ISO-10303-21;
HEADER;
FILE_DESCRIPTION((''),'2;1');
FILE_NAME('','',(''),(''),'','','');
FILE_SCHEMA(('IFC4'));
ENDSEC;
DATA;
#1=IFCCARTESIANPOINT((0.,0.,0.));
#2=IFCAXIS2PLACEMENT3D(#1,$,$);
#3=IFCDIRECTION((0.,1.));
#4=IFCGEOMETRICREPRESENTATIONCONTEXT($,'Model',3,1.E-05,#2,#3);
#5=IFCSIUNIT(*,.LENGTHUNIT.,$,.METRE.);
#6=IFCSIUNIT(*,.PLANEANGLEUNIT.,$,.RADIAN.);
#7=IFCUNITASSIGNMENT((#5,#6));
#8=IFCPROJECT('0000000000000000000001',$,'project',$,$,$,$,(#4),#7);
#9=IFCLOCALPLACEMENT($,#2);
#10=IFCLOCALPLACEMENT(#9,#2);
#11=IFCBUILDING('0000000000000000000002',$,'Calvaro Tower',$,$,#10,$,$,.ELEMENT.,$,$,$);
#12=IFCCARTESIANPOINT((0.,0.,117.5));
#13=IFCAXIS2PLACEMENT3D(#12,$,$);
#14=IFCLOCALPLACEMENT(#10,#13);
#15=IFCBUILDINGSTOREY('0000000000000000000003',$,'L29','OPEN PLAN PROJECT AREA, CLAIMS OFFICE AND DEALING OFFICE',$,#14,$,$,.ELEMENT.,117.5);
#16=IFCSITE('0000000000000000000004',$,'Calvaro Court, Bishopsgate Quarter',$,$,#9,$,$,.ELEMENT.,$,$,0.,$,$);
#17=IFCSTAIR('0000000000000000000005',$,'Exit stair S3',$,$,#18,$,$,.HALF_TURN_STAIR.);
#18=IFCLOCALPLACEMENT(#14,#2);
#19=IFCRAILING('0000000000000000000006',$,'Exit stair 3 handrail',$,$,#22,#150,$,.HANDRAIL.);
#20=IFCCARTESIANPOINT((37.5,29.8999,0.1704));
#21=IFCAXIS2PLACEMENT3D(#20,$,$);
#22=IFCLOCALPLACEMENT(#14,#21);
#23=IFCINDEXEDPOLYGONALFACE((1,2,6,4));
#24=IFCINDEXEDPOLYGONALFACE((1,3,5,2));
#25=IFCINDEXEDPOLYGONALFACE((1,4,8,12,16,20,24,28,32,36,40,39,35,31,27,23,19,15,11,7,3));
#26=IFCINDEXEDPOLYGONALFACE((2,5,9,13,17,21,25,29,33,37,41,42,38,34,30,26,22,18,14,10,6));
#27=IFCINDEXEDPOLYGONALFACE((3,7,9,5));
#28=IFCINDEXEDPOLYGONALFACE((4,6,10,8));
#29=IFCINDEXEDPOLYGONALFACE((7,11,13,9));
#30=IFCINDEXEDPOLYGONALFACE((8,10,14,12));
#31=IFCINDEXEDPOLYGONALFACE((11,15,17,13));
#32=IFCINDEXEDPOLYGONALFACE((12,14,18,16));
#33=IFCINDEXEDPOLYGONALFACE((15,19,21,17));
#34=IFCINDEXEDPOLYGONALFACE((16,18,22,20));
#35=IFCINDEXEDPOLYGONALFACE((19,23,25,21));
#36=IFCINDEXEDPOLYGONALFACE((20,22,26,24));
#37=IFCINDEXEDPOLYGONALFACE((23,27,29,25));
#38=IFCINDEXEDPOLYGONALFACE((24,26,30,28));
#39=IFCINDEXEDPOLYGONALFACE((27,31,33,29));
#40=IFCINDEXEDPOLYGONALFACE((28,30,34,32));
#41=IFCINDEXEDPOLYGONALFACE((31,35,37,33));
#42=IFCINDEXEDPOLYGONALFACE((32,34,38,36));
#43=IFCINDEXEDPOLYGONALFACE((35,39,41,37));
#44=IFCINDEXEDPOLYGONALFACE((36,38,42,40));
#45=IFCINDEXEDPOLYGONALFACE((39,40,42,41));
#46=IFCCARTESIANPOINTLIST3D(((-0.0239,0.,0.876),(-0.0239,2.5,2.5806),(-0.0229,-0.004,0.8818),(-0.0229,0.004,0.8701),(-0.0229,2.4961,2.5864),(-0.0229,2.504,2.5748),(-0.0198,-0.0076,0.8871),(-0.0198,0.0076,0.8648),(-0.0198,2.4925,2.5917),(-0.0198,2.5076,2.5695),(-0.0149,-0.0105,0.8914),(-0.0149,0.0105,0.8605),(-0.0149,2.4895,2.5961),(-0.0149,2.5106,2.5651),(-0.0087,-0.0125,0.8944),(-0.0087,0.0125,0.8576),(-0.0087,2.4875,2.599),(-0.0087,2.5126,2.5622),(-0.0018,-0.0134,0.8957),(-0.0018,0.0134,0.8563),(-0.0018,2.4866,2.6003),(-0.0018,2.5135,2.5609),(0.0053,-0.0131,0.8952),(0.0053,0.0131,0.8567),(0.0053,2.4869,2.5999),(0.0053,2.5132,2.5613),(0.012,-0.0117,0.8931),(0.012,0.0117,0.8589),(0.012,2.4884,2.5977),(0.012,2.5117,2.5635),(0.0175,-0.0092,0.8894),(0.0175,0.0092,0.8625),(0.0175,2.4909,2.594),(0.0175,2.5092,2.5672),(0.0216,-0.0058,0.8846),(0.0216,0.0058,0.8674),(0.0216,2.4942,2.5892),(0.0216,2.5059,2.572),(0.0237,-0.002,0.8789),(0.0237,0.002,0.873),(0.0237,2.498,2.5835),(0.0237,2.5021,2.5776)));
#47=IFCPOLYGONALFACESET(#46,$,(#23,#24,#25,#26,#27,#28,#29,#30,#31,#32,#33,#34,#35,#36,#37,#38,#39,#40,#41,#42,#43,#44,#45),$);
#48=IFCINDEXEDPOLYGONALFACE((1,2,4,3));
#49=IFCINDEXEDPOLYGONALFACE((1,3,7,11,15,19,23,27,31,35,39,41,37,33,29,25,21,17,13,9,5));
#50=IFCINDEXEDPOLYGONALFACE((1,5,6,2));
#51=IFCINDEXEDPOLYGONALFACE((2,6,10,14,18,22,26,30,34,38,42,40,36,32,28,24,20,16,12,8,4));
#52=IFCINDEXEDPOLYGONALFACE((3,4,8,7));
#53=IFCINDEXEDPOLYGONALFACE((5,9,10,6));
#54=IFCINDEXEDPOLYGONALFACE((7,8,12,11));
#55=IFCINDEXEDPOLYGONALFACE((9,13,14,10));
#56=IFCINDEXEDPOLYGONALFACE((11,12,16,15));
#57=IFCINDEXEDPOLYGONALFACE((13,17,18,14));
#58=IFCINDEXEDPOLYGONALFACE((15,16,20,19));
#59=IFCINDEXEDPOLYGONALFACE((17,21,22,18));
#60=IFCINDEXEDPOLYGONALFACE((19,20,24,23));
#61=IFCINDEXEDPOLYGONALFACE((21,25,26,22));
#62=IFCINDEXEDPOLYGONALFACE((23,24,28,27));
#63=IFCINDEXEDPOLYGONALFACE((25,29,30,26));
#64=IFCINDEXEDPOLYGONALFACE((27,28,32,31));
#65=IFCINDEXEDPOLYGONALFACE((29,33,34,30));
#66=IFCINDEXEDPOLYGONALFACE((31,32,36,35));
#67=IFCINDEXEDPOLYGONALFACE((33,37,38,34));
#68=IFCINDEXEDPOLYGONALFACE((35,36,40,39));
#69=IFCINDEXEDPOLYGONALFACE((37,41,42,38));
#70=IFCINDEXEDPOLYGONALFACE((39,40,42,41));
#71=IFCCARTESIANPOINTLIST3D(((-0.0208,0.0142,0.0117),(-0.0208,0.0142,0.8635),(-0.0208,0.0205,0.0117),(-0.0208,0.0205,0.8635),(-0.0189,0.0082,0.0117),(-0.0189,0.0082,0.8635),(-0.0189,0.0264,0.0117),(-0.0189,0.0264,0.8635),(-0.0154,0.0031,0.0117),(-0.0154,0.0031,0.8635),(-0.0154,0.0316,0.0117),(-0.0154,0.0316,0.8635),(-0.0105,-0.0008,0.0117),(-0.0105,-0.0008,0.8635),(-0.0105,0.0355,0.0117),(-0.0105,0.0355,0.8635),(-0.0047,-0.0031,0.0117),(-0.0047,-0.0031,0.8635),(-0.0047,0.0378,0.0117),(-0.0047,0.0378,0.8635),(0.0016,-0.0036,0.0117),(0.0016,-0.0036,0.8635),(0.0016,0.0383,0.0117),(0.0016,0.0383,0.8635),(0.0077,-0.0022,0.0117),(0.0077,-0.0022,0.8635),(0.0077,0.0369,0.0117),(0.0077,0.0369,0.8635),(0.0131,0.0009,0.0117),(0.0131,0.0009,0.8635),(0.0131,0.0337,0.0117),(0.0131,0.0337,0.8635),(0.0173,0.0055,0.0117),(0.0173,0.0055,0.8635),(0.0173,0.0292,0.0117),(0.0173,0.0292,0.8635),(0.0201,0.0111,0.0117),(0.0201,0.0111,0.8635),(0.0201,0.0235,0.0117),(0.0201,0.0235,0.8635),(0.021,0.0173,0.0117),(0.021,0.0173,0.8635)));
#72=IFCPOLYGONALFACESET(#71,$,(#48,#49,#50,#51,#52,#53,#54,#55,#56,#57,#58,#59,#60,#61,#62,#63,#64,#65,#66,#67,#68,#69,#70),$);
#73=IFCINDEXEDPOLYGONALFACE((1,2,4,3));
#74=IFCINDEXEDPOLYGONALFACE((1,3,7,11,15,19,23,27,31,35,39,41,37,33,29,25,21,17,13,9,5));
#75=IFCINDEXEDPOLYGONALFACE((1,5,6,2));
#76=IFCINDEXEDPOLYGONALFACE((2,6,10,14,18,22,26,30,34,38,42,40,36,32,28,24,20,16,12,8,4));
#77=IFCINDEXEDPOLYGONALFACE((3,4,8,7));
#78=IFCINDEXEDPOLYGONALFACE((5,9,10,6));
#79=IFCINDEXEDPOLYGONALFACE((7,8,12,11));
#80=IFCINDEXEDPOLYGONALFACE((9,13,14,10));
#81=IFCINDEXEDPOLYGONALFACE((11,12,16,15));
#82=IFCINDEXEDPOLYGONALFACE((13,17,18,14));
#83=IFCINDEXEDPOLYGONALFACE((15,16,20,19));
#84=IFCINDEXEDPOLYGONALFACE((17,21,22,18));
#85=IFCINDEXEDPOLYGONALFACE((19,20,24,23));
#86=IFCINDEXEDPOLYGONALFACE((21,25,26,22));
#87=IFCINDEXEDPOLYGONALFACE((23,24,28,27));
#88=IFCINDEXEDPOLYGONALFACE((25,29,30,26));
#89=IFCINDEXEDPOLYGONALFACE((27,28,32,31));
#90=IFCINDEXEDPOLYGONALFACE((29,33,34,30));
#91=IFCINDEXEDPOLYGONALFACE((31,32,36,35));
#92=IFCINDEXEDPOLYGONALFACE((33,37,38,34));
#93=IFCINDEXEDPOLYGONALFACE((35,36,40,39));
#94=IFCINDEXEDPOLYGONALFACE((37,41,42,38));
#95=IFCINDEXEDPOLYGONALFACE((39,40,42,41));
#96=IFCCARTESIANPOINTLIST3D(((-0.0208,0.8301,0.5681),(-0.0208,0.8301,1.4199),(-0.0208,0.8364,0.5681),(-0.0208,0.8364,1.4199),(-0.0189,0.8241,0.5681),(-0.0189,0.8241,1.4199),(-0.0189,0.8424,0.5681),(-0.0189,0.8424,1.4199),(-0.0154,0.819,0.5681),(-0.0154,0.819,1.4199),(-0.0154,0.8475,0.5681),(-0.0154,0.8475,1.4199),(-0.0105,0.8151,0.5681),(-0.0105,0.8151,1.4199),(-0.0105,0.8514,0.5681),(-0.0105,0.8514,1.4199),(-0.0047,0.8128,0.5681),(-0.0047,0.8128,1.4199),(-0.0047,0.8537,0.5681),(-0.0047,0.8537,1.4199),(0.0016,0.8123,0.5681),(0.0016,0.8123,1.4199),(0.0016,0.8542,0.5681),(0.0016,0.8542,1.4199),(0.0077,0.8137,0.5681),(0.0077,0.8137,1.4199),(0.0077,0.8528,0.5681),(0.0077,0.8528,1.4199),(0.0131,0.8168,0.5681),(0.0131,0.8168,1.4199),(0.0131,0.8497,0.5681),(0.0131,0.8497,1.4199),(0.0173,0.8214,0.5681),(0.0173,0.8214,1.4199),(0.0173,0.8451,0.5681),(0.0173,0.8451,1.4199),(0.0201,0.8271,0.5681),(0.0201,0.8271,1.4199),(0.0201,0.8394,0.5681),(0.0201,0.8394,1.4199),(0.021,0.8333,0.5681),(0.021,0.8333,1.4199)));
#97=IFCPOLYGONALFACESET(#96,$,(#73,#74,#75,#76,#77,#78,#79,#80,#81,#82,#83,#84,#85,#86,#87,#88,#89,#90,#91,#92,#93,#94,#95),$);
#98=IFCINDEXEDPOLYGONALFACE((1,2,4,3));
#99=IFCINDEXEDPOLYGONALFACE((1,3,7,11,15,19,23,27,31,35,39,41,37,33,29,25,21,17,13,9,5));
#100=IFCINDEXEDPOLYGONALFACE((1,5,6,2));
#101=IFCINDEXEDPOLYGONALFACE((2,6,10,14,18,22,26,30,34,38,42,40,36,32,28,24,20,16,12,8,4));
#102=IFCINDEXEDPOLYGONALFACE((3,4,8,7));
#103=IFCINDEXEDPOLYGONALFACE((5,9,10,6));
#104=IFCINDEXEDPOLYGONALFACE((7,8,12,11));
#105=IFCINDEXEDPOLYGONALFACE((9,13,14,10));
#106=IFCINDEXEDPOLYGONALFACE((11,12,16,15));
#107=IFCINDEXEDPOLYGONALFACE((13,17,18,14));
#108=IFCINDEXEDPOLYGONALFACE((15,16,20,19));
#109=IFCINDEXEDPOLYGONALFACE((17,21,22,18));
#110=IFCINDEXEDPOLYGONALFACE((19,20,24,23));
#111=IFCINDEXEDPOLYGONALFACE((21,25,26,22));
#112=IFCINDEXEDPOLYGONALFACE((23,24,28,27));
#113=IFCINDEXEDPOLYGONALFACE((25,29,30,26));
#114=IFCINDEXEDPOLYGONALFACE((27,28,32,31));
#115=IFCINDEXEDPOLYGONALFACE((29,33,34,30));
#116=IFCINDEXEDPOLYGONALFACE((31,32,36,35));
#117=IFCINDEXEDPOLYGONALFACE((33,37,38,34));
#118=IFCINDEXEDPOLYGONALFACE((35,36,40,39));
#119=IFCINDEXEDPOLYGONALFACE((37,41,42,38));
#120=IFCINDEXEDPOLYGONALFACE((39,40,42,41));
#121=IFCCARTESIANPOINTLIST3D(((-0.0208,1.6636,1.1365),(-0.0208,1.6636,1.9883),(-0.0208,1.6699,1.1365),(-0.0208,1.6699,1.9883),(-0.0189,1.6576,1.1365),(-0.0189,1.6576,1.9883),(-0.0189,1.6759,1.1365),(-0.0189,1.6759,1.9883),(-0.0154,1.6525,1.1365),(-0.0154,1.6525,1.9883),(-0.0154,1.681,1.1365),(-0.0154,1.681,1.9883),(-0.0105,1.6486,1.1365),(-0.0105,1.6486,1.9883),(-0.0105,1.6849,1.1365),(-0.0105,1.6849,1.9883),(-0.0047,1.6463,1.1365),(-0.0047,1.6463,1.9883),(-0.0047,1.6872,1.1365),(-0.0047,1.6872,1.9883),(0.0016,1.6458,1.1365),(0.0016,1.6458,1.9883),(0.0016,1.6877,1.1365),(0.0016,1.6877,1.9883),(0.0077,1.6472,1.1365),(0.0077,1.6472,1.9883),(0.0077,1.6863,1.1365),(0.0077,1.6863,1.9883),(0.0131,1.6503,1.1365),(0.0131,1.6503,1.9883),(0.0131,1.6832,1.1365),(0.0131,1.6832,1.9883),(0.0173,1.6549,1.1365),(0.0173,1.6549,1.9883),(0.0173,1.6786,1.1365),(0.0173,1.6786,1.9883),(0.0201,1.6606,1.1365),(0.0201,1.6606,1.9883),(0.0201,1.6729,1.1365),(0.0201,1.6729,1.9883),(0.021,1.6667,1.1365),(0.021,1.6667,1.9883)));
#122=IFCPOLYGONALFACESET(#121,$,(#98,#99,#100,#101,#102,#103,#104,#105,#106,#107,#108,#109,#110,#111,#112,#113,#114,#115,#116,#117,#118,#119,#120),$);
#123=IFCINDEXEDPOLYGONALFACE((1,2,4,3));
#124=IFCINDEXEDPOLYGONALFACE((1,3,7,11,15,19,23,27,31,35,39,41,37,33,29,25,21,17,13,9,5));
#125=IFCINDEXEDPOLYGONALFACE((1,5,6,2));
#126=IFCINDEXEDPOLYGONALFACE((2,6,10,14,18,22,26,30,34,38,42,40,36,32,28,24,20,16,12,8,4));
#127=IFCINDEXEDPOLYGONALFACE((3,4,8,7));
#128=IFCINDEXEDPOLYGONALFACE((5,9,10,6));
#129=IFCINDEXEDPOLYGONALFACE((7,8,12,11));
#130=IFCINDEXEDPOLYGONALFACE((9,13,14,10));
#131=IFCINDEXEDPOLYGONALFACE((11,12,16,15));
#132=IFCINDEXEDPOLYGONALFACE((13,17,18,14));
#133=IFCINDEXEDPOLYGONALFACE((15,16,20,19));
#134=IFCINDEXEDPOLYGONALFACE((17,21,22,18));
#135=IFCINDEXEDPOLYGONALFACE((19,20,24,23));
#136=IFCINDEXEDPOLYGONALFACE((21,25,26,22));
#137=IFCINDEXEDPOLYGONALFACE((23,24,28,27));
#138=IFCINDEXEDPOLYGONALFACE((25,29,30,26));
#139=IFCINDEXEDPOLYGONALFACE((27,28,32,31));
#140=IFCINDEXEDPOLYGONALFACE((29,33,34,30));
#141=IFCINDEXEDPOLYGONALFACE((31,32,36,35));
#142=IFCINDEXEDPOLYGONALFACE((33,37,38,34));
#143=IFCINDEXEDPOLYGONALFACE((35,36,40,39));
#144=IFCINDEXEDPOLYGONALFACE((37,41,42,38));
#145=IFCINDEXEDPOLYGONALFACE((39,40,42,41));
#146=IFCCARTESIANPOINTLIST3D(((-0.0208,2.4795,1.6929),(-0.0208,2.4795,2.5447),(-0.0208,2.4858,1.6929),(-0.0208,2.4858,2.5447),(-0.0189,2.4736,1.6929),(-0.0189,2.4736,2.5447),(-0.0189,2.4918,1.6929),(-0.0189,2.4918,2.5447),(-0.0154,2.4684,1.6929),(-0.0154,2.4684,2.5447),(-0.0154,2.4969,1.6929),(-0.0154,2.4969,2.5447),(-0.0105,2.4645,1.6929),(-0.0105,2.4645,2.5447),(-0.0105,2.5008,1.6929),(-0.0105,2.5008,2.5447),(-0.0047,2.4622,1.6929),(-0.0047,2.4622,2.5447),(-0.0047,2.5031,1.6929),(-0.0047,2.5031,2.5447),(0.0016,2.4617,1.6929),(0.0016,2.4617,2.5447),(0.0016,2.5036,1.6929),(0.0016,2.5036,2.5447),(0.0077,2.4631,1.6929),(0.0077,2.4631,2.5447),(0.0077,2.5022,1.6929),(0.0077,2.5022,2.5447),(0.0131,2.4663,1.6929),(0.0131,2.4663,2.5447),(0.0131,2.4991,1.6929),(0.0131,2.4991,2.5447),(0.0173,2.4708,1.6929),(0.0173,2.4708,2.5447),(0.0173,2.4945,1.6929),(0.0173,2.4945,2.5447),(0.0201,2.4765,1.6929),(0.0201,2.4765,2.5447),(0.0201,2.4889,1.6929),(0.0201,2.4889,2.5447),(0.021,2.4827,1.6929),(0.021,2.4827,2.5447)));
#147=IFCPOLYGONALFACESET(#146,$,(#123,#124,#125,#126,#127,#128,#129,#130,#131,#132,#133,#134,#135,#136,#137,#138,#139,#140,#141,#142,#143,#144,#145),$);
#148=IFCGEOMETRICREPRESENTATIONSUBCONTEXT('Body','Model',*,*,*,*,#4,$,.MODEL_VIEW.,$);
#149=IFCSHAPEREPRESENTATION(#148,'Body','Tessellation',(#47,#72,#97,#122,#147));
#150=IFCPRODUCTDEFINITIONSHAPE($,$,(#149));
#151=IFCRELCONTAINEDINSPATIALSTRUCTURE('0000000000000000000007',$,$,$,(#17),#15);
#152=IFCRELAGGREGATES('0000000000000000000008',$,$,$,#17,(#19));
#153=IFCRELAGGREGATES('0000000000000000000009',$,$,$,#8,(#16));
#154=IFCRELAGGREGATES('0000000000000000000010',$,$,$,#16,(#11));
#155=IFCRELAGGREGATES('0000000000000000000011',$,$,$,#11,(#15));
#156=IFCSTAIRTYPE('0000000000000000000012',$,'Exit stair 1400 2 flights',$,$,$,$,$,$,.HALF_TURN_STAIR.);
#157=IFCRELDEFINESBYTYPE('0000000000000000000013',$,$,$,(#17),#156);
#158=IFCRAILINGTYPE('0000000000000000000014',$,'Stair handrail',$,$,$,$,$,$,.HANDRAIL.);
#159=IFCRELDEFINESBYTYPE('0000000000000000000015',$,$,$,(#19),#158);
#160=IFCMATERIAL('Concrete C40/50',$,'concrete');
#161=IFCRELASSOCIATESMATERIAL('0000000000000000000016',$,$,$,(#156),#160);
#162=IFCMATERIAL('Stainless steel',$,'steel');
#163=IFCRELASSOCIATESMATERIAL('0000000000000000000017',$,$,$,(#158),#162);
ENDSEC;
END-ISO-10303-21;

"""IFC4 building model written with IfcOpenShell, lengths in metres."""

from ifc_helpers import new_model, si_unit, direction, frame, origin, origin_2d, place, context, subcontext, project, spatial, circle, extrude, material, type_object, element, aggregate, save


model = new_model("IFC4")

# Units and contexts
model_context = context("Model", 3, precision=1e-05, world=origin(), true_north=direction((0.0, 1.0)))
body_context = subcontext(model_context, "Body", "Model", "MODEL_VIEW")
ifc_project = project(units=[si_unit("LENGTHUNIT", "METRE"), si_unit("PLANEANGLEUNIT", "RADIAN")], contexts=[model_context])

# Site, building, storey
site_placement = place(None, origin())
site = spatial("IfcSite", under=ifc_project, at=site_placement, Name="Calvaro Court, Bishopsgate Quarter", CompositionType="ELEMENT", RefElevation=0.0)
building_placement = place(site_placement, origin())
building = spatial("IfcBuilding", under=site, at=building_placement, Name="Calvaro Tower", CompositionType="ELEMENT")
storey_placement = place(building_placement, frame((0.0, 0.0, 117.5)))
storey = spatial("IfcBuildingStorey", under=building, at=storey_placement, Name="L29", Description="OPEN PLAN PROJECT AREA, CLAIMS OFFICE AND DEALING OFFICE", CompositionType="ELEMENT", Elevation=117.5)

# Stair
ifc_material_1 = material(Name="Concrete C40/50", Category="concrete")
stair_type = type_object("IfcStairType", Name="Exit stair 1400 2 flights", PredefinedType="HALF_TURN_STAIR", material=ifc_material_1)
stair_1_placement = place(storey_placement, origin())
stair_1 = element("IfcStair", 1, at=stair_1_placement, inside=storey, type_object=stair_type, Name="Exit stair S3", PredefinedType="HALF_TURN_STAIR")

# Railing
ifc_material_2 = material(Name="Stainless steel", Category="steel")
railing_type = type_object("IfcRailingType", Name="Stair handrail", PredefinedType="HANDRAIL", material=ifc_material_2)
railing_1_placement = place(storey_placement, frame((37.5, 29.8999, 0.1704)))
railing_1 = element("IfcRailing", 2, at=railing_1_placement, type_object=railing_type, Name="Exit stair 3 handrail", PredefinedType="HANDRAIL", context=body_context, shape_type="SweptSolid", body=[
    extrude(circle(Radius=0.0239, at=origin_2d()), frame((0.0, 0.0, 0.876), z_axis=(0.0, 0.826221, 0.563347), x_axis=(-1.0, 0.0, 0.0)), (0.0, 0.0, 1.0), 3.0259),
    extrude(circle(Radius=0.021, at=origin_2d()), frame((0.0, 0.0173, 0.0117)), (0.0, 0.0, 1.0), 0.8518),
    extrude(circle(Radius=0.021, at=origin_2d()), frame((0.0, 0.8333, 0.5681)), (0.0, 0.0, 1.0), 0.8518),
    extrude(circle(Radius=0.021, at=origin_2d()), frame((0.0, 1.6667, 1.1365)), (0.0, 0.0, 1.0), 0.8518),
    extrude(circle(Radius=0.021, at=origin_2d()), frame((0.0, 2.4827, 1.6929)), (0.0, 0.0, 1.0), 0.8518),
])
aggregate(stair_1, [railing_1])

save(model, "model.ifc")
